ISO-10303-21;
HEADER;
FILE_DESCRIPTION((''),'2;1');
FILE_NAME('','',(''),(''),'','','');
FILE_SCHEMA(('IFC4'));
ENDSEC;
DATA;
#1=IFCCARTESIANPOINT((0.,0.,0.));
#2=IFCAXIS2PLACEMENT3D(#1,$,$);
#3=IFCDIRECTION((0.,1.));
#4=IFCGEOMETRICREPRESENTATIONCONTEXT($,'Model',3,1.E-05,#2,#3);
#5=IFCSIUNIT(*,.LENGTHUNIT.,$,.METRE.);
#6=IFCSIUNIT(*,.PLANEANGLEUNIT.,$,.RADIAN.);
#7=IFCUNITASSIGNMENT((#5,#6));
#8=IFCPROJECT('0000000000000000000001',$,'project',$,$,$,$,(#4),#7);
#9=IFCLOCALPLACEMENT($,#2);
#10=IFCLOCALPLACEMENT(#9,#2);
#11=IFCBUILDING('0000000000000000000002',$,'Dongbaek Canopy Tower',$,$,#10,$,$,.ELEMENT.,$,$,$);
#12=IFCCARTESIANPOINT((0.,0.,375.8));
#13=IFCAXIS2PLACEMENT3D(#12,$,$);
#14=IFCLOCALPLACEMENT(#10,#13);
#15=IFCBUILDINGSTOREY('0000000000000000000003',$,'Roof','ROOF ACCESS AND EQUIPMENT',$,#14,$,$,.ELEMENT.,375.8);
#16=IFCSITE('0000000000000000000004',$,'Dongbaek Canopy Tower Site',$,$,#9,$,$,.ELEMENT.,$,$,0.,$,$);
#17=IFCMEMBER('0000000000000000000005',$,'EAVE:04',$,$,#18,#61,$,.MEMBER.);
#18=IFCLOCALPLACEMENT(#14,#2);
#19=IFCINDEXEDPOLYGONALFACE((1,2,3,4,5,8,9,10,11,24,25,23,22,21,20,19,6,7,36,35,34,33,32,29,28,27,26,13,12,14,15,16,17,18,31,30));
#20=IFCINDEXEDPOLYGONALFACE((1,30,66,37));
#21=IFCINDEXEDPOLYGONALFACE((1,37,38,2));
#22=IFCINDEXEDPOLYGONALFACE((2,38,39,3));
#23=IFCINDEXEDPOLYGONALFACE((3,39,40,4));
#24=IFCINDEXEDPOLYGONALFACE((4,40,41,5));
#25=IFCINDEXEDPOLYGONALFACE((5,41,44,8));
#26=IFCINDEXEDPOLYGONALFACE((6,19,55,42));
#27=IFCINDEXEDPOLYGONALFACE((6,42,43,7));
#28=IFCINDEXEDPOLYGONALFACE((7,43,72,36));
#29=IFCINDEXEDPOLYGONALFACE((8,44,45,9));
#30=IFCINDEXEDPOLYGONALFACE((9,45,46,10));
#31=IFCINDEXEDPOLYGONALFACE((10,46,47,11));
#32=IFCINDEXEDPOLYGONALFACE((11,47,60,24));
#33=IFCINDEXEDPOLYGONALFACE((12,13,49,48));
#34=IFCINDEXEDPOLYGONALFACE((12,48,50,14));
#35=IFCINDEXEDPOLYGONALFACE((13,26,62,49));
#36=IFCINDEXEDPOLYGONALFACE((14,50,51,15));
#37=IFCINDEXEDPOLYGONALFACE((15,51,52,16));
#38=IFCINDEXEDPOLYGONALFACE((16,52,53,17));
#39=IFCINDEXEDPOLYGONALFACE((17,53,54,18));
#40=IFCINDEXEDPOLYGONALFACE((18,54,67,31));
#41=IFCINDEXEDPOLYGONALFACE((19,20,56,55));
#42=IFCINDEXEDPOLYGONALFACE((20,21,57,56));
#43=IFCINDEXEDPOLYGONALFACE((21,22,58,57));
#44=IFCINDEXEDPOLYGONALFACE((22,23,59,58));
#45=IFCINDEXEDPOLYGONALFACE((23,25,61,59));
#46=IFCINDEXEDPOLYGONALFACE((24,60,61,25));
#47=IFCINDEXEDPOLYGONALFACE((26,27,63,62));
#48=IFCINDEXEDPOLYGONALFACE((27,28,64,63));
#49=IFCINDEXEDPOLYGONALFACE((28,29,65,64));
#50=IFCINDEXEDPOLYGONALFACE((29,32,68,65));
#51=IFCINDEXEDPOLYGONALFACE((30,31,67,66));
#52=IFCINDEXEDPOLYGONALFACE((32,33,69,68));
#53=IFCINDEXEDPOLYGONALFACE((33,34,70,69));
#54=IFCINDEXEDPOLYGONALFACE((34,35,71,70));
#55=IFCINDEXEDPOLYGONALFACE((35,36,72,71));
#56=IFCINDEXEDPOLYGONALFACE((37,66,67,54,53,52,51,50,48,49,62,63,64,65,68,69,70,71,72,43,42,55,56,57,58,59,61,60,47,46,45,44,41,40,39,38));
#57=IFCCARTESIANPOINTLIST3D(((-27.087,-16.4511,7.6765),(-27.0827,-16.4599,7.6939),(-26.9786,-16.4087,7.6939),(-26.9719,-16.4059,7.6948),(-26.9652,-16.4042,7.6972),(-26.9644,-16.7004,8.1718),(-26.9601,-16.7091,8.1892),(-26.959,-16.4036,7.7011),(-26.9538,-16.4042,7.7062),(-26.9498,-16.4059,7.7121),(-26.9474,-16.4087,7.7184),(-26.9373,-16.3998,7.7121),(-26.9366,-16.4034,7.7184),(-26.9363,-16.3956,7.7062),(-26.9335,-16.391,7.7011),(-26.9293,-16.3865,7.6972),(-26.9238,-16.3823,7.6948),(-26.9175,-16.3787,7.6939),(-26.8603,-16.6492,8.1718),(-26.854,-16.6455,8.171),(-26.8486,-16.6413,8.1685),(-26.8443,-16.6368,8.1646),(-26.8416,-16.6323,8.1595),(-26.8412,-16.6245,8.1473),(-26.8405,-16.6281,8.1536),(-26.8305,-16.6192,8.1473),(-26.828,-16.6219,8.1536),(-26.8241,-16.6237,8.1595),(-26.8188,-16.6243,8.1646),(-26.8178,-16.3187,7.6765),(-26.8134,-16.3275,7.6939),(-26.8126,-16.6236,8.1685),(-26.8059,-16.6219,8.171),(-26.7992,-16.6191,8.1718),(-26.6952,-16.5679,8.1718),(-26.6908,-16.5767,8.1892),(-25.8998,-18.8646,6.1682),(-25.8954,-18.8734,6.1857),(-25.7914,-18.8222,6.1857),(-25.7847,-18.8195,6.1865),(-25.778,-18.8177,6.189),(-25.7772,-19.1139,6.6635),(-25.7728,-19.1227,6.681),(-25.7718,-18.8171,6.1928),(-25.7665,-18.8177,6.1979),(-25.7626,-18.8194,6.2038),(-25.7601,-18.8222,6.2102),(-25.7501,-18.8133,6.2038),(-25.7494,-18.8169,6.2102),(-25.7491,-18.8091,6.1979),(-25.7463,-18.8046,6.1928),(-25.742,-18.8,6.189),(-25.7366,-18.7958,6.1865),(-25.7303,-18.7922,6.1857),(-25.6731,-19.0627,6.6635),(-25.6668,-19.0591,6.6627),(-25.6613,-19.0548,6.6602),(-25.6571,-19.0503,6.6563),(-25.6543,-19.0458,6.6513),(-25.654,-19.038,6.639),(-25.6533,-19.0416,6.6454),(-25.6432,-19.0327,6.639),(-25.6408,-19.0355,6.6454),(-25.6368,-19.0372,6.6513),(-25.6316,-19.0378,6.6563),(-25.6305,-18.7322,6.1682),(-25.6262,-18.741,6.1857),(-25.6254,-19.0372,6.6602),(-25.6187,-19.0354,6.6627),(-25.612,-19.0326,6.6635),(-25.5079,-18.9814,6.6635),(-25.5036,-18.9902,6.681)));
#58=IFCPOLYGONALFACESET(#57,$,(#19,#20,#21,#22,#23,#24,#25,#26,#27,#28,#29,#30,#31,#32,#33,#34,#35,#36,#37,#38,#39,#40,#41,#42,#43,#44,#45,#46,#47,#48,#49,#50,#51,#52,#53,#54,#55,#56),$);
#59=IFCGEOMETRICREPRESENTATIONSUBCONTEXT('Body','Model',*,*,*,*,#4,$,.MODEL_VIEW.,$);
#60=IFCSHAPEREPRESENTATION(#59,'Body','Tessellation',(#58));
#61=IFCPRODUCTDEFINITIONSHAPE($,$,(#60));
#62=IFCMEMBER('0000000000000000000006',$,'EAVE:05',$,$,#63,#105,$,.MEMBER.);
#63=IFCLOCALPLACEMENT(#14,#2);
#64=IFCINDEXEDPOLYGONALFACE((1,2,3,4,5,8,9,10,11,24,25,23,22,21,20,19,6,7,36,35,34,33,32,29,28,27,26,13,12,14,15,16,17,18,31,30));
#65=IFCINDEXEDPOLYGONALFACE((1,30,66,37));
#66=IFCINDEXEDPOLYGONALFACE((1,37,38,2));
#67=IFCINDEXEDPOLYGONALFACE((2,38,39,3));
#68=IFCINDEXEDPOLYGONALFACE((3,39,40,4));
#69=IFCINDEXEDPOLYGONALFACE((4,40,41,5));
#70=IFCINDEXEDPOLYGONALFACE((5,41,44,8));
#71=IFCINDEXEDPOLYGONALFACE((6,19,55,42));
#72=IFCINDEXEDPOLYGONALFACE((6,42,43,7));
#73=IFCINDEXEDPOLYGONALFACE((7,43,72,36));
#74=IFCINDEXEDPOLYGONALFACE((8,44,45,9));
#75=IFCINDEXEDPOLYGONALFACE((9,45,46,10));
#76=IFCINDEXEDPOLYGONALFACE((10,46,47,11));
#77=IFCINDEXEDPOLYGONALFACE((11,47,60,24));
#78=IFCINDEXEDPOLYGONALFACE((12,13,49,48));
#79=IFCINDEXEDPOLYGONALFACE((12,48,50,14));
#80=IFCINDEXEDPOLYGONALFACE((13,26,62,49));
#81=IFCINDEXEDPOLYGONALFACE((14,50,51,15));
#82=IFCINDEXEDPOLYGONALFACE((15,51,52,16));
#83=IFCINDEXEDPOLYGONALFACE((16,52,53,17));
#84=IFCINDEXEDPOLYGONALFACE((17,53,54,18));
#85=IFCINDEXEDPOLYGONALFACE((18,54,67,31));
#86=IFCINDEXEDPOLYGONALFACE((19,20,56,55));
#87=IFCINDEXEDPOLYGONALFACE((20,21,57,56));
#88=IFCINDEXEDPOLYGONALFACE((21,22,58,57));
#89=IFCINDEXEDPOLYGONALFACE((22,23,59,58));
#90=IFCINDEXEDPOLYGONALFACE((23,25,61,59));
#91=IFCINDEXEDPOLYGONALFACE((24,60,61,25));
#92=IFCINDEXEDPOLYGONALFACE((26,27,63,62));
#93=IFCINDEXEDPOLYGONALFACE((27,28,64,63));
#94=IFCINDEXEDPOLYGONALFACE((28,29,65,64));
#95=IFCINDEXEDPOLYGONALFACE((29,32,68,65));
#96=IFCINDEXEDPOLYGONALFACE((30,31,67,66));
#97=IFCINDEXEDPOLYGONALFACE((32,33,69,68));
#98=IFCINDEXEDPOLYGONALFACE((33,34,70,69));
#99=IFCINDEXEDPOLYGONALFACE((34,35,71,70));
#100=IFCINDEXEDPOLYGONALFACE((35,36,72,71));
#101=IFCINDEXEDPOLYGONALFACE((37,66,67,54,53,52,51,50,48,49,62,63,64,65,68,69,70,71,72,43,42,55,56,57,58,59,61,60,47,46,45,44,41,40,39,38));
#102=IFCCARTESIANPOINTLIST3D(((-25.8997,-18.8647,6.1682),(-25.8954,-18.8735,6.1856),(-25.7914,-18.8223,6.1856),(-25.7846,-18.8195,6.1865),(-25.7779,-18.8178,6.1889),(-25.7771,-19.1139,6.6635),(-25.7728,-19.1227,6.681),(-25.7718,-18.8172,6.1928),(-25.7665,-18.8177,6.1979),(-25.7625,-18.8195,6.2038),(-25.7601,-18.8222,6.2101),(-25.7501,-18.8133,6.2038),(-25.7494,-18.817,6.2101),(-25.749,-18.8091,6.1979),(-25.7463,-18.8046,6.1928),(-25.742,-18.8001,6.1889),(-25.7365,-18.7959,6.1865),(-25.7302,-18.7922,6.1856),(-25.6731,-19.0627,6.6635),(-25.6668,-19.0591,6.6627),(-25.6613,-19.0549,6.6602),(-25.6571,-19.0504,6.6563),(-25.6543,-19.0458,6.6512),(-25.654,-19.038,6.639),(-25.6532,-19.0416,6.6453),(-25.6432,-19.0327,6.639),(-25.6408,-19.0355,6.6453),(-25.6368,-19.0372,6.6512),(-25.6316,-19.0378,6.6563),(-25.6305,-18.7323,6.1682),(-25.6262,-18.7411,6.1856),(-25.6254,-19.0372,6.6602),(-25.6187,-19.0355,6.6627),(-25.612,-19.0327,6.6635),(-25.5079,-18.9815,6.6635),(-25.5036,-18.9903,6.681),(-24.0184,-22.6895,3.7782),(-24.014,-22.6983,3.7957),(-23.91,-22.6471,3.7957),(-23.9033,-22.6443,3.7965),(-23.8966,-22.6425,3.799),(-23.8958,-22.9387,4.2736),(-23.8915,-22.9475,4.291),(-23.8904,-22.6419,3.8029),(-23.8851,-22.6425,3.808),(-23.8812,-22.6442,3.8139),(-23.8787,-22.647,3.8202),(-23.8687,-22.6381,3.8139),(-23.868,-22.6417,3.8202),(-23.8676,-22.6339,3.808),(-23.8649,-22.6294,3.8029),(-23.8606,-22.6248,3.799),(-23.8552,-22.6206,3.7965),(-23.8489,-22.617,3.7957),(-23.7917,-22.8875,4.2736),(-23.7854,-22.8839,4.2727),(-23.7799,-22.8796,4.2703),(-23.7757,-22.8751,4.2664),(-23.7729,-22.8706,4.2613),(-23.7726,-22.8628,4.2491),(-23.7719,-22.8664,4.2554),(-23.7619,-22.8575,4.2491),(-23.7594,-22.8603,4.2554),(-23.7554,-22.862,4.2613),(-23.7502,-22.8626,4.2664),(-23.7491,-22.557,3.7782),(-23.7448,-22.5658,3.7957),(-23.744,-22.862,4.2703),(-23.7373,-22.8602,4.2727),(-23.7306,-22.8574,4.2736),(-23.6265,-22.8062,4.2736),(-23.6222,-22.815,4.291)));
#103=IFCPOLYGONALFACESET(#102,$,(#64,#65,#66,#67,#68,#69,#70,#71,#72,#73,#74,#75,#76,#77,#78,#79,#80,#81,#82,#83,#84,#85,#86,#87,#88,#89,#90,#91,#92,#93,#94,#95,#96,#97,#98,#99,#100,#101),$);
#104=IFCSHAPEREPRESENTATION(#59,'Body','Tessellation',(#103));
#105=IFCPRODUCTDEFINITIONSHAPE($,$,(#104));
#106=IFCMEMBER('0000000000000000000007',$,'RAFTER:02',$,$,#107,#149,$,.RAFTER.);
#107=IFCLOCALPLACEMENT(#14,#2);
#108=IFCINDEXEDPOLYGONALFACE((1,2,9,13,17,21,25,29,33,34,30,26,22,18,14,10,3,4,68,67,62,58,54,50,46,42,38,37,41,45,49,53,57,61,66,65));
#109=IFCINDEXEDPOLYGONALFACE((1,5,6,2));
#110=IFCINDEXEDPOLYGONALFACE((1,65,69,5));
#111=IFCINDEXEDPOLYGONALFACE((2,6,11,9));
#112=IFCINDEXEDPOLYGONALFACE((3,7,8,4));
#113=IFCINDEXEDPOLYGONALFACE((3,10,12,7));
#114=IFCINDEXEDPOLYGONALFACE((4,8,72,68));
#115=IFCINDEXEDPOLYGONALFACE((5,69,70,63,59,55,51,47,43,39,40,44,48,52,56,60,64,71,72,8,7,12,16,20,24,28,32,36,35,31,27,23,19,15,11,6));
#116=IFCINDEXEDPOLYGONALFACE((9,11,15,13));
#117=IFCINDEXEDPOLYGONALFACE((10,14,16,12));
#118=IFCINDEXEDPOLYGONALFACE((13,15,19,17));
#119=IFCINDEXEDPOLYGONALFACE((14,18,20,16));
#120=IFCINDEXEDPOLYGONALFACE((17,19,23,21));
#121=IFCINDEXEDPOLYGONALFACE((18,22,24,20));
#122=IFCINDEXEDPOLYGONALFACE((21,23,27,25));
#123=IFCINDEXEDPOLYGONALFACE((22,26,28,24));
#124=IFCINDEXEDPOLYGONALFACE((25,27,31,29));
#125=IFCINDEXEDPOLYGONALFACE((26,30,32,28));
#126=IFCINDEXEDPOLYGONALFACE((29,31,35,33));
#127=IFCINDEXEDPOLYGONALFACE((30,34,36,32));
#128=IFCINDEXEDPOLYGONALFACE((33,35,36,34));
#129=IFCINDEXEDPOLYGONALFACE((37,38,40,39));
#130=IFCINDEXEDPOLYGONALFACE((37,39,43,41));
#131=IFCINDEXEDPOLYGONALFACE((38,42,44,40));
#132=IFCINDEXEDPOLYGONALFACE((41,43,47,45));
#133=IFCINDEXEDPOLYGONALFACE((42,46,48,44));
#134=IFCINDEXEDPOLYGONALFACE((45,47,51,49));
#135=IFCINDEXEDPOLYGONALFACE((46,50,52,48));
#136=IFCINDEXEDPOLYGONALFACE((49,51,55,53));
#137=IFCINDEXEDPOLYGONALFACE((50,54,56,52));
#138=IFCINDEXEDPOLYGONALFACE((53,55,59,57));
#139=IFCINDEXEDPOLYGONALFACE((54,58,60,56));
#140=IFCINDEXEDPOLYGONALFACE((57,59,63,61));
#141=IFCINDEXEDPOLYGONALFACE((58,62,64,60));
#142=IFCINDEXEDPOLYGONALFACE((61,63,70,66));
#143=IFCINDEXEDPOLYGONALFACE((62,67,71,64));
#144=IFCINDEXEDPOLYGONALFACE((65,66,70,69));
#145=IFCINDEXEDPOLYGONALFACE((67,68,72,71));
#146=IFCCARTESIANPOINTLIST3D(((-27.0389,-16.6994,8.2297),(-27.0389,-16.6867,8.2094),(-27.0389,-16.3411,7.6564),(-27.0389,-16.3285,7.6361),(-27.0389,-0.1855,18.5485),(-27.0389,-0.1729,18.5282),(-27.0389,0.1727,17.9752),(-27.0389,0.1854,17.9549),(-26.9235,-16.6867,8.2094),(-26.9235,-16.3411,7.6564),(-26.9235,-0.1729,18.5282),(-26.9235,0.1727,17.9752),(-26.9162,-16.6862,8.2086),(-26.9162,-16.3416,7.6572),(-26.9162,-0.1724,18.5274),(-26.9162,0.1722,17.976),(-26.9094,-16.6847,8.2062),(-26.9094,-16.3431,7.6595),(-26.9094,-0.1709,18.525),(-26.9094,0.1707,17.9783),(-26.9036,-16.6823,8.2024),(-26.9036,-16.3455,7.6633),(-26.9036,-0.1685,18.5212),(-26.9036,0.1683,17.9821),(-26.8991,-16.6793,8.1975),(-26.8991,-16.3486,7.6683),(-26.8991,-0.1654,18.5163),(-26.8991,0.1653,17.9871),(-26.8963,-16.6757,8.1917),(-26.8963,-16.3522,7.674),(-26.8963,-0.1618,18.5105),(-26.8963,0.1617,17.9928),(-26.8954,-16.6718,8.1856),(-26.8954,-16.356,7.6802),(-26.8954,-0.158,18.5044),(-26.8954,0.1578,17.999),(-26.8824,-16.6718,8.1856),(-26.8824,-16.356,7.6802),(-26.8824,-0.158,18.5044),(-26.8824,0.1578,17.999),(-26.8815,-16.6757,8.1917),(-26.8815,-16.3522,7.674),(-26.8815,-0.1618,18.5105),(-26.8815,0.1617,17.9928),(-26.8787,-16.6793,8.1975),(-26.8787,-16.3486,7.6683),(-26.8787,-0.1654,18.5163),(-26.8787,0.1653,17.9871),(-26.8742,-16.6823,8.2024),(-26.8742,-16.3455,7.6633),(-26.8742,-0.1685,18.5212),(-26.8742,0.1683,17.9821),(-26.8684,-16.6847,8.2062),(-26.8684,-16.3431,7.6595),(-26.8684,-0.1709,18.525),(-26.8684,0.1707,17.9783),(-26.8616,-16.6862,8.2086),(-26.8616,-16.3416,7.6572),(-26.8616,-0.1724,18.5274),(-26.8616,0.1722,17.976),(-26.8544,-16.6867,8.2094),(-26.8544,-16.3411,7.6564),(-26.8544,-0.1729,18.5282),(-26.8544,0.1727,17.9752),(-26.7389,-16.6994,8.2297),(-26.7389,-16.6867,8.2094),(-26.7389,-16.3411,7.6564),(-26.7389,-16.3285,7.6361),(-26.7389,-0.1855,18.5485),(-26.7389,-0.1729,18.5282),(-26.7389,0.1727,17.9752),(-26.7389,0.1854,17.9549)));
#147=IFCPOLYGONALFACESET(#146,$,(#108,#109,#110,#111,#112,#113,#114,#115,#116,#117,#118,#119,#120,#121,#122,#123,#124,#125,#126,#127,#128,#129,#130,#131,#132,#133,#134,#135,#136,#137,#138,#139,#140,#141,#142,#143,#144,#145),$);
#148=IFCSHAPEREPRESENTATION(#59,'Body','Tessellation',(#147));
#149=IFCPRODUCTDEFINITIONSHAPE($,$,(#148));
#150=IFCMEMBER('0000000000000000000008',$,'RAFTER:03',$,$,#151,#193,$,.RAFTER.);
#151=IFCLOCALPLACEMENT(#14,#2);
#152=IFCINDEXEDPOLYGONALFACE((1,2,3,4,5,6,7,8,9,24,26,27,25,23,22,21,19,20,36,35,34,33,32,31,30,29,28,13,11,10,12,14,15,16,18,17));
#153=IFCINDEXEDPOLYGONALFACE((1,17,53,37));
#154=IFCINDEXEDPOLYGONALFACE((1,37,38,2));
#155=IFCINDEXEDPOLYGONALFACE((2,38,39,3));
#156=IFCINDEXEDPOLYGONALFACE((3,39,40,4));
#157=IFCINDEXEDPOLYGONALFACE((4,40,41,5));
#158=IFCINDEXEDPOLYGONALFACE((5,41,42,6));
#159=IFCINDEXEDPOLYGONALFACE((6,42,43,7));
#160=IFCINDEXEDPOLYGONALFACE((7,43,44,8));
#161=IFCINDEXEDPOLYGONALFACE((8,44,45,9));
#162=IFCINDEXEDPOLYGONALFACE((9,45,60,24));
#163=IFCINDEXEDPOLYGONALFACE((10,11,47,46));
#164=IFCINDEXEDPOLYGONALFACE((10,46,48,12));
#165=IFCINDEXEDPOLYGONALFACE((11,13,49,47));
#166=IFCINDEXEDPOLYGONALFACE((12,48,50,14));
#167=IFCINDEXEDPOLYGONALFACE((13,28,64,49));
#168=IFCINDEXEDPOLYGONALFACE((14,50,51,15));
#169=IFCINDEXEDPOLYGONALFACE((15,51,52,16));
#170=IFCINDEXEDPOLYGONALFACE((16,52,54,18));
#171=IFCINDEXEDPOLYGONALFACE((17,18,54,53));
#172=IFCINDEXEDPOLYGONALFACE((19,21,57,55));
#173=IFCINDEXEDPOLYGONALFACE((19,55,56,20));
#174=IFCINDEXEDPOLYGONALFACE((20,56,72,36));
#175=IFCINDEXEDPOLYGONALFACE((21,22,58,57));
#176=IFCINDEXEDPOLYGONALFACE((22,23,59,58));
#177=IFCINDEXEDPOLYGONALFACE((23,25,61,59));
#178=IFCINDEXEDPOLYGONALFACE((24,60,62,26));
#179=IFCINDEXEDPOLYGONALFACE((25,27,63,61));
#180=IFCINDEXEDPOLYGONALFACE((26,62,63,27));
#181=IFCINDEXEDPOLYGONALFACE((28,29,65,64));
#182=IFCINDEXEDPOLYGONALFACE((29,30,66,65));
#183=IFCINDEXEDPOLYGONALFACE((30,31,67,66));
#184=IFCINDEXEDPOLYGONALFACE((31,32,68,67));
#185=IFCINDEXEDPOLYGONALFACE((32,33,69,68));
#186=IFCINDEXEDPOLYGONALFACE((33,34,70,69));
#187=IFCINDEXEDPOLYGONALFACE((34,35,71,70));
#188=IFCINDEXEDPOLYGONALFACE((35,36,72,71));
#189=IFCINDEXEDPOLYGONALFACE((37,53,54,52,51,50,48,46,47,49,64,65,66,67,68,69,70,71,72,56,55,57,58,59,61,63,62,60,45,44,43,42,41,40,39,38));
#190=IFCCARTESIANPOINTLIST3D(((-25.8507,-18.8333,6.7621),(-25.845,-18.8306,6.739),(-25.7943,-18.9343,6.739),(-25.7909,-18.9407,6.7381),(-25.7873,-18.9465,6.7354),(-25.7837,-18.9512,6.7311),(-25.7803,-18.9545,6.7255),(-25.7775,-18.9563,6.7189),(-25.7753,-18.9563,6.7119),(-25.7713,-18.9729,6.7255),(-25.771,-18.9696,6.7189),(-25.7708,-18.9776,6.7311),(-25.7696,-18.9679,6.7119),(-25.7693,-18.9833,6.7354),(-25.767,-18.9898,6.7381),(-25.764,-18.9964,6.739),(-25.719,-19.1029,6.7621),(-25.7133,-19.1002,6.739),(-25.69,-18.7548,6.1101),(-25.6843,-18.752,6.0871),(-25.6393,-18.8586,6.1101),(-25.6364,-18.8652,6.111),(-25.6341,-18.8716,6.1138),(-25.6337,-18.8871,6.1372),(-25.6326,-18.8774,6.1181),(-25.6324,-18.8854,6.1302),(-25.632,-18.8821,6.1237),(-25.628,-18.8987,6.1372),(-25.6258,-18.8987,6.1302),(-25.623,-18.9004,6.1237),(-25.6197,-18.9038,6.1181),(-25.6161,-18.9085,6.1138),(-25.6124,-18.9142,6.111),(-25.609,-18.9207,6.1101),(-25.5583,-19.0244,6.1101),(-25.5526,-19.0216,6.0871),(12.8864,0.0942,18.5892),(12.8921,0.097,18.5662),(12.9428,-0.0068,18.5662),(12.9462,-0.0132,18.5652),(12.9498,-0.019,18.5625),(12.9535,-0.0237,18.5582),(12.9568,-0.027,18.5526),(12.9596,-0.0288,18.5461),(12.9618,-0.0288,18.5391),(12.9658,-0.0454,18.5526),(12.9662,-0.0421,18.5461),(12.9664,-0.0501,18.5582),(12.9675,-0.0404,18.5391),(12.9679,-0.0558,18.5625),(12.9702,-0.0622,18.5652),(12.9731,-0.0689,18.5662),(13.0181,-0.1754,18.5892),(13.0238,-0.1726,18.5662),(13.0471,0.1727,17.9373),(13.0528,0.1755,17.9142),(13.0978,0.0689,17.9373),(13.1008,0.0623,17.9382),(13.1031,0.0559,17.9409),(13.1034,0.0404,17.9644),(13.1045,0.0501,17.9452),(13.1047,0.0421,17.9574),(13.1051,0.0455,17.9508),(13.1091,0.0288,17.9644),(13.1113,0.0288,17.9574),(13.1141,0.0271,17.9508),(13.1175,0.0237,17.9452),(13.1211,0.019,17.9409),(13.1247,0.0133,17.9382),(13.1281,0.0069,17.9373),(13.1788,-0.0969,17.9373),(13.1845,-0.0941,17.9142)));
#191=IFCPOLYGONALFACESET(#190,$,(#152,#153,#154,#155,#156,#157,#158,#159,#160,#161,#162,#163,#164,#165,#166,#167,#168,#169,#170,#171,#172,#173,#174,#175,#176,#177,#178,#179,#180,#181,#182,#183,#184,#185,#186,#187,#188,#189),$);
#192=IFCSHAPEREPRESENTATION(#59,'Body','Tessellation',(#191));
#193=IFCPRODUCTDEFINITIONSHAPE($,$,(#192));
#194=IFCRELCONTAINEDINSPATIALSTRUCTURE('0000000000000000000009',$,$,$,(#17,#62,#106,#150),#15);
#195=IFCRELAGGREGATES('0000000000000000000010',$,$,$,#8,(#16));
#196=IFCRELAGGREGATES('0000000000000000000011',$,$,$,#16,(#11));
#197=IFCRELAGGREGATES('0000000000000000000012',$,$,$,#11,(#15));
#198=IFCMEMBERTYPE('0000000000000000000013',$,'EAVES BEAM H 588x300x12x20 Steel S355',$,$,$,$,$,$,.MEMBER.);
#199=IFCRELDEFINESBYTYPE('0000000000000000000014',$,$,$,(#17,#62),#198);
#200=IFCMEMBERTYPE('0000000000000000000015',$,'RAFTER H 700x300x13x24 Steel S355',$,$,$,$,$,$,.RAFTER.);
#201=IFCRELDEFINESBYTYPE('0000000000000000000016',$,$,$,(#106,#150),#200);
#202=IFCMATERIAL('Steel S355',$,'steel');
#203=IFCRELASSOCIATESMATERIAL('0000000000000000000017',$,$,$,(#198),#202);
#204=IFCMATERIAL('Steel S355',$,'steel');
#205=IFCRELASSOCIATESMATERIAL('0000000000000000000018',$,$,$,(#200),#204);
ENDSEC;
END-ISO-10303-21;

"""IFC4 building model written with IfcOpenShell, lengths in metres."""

from ifc_helpers import new_model, si_unit, direction, frame, origin, origin_2d, place, context, subcontext, project, spatial, i_section, extrude, material, material_profile, profile_set, type_object, element, save


model = new_model("IFC4")

# Units and contexts
model_context = context("Model", 3, precision=1e-05, world=origin(), true_north=direction((0.0, 1.0)))
body_context = subcontext(model_context, "Body", "Model", "MODEL_VIEW")
ifc_project = project(units=[si_unit("LENGTHUNIT", "METRE"), si_unit("PLANEANGLEUNIT", "RADIAN")], contexts=[model_context])

# Site, building, storey
site_placement = place(None, origin())
site = spatial("IfcSite", under=ifc_project, at=site_placement, Name="Dongbaek Canopy Tower Site", CompositionType="ELEMENT", RefElevation=0.0)
building_placement = place(site_placement, origin())
building = spatial("IfcBuilding", under=site, at=building_placement, Name="Dongbaek Canopy Tower", CompositionType="ELEMENT")
storey_placement = place(building_placement, frame((0.0, 0.0, 375.8)))
storey = spatial("IfcBuildingStorey", under=building, at=storey_placement, Name="Roof", Description="ROOF ACCESS AND EQUIPMENT", CompositionType="ELEMENT", Elevation=375.8)

# Members
ifc_material_1 = material(Name="Steel S355", Category="steel")
ifc_material_profile_1 = material_profile(ifc_material_1, i_section(OverallWidth=0.3, OverallDepth=0.5879, WebThickness=0.012, FlangeThickness=0.02, FilletRadius=0.0281, at=origin_2d()), Name="EAVES BEAM H 588x300x12x20 Steel S355")
ifc_profile_set_1 = profile_set([ifc_material_profile_1], Name="Steel S355")
member_type_1 = type_object("IfcMemberType", Name="EAVES BEAM H 588x300x12x20 Steel S355", PredefinedType="MEMBER", material=ifc_profile_set_1)
member_1_placement = place(storey_placement, frame((-26.8889, -16.5139, 7.9329), z_axis=(0.384996, -0.78266, -0.489103), x_axis=(0.897313, 0.441395, 0.0)))
element("IfcMember", 1, at=member_1_placement, inside=storey, type_object=member_type_1, Name="EAVE:04", PredefinedType="MEMBER", context=body_context, shape_type="SweptSolid", body=[
    extrude(i_section(OverallWidth=0.3, OverallDepth=0.5879, WebThickness=0.012, FlangeThickness=0.02, FilletRadius=0.0281, at=origin_2d()), origin(), (0.0, 0.0, 1.0), 3.0837),
])
member_2_placement = place(storey_placement, frame((-25.7017, -18.9275, 6.4246), z_axis=(0.384997, -0.782683, -0.489065), x_axis=(0.897318, 0.441385, 0.0)))
element("IfcMember", 2, at=member_2_placement, inside=storey, type_object=member_type_1, Name="EAVE:05", PredefinedType="MEMBER", context=body_context, shape_type="SweptSolid", body=[
    extrude(i_section(OverallWidth=0.3, OverallDepth=0.5879, WebThickness=0.012, FlangeThickness=0.02, FilletRadius=0.0281, at=origin_2d()), origin(), (0.0, 0.0, 1.0), 4.8867),
])
ifc_material_2 = material(Name="Steel S355", Category="steel")
ifc_material_profile_2 = material_profile(ifc_material_2, i_section(OverallWidth=0.3, OverallDepth=0.7, WebThickness=0.0129, FlangeThickness=0.0239, FilletRadius=0.0281, at=origin_2d()), Name="RAFTER H 700x300x13x24 Steel S355")
ifc_profile_set_2 = profile_set([ifc_material_profile_2], Name="Steel S355")
member_type_2 = type_object("IfcMemberType", Name="RAFTER H 700x300x13x24 Steel S355", PredefinedType="RAFTER", material=ifc_profile_set_2)
member_3_placement = place(storey_placement, frame((-26.8889, -16.5139, 7.9329), z_axis=(0.0, 0.848053, 0.529912), x_axis=(-1.0, 0.0, 0.0)))
element("IfcMember", 3, at=member_3_placement, inside=storey, type_object=member_type_2, Name="RAFTER:02", PredefinedType="RAFTER", context=body_context, shape_type="SweptSolid", body=[
    extrude(i_section(OverallWidth=0.3, OverallDepth=0.7, WebThickness=0.0129, FlangeThickness=0.0239, FilletRadius=0.0281, at=origin_2d()), origin(), (0.0, 0.0, 1.0), 19.4727),
])
member_4_placement = place(storey_placement, frame((-25.7017, -18.9275, 6.4246), z_axis=(0.866471, 0.42337, 0.26455), x_axis=(-0.439011, 0.898482, 0.0)))
element("IfcMember", 4, at=member_4_placement, inside=storey, type_object=member_type_2, Name="RAFTER:03", PredefinedType="RAFTER", context=body_context, shape_type="SweptSolid", body=[
    extrude(i_section(OverallWidth=0.3, OverallDepth=0.7, WebThickness=0.0129, FlangeThickness=0.0239, FilletRadius=0.0281, at=origin_2d()), origin(), (0.0, 0.0, 1.0), 44.7068),
])

save(model, "model.ifc")
